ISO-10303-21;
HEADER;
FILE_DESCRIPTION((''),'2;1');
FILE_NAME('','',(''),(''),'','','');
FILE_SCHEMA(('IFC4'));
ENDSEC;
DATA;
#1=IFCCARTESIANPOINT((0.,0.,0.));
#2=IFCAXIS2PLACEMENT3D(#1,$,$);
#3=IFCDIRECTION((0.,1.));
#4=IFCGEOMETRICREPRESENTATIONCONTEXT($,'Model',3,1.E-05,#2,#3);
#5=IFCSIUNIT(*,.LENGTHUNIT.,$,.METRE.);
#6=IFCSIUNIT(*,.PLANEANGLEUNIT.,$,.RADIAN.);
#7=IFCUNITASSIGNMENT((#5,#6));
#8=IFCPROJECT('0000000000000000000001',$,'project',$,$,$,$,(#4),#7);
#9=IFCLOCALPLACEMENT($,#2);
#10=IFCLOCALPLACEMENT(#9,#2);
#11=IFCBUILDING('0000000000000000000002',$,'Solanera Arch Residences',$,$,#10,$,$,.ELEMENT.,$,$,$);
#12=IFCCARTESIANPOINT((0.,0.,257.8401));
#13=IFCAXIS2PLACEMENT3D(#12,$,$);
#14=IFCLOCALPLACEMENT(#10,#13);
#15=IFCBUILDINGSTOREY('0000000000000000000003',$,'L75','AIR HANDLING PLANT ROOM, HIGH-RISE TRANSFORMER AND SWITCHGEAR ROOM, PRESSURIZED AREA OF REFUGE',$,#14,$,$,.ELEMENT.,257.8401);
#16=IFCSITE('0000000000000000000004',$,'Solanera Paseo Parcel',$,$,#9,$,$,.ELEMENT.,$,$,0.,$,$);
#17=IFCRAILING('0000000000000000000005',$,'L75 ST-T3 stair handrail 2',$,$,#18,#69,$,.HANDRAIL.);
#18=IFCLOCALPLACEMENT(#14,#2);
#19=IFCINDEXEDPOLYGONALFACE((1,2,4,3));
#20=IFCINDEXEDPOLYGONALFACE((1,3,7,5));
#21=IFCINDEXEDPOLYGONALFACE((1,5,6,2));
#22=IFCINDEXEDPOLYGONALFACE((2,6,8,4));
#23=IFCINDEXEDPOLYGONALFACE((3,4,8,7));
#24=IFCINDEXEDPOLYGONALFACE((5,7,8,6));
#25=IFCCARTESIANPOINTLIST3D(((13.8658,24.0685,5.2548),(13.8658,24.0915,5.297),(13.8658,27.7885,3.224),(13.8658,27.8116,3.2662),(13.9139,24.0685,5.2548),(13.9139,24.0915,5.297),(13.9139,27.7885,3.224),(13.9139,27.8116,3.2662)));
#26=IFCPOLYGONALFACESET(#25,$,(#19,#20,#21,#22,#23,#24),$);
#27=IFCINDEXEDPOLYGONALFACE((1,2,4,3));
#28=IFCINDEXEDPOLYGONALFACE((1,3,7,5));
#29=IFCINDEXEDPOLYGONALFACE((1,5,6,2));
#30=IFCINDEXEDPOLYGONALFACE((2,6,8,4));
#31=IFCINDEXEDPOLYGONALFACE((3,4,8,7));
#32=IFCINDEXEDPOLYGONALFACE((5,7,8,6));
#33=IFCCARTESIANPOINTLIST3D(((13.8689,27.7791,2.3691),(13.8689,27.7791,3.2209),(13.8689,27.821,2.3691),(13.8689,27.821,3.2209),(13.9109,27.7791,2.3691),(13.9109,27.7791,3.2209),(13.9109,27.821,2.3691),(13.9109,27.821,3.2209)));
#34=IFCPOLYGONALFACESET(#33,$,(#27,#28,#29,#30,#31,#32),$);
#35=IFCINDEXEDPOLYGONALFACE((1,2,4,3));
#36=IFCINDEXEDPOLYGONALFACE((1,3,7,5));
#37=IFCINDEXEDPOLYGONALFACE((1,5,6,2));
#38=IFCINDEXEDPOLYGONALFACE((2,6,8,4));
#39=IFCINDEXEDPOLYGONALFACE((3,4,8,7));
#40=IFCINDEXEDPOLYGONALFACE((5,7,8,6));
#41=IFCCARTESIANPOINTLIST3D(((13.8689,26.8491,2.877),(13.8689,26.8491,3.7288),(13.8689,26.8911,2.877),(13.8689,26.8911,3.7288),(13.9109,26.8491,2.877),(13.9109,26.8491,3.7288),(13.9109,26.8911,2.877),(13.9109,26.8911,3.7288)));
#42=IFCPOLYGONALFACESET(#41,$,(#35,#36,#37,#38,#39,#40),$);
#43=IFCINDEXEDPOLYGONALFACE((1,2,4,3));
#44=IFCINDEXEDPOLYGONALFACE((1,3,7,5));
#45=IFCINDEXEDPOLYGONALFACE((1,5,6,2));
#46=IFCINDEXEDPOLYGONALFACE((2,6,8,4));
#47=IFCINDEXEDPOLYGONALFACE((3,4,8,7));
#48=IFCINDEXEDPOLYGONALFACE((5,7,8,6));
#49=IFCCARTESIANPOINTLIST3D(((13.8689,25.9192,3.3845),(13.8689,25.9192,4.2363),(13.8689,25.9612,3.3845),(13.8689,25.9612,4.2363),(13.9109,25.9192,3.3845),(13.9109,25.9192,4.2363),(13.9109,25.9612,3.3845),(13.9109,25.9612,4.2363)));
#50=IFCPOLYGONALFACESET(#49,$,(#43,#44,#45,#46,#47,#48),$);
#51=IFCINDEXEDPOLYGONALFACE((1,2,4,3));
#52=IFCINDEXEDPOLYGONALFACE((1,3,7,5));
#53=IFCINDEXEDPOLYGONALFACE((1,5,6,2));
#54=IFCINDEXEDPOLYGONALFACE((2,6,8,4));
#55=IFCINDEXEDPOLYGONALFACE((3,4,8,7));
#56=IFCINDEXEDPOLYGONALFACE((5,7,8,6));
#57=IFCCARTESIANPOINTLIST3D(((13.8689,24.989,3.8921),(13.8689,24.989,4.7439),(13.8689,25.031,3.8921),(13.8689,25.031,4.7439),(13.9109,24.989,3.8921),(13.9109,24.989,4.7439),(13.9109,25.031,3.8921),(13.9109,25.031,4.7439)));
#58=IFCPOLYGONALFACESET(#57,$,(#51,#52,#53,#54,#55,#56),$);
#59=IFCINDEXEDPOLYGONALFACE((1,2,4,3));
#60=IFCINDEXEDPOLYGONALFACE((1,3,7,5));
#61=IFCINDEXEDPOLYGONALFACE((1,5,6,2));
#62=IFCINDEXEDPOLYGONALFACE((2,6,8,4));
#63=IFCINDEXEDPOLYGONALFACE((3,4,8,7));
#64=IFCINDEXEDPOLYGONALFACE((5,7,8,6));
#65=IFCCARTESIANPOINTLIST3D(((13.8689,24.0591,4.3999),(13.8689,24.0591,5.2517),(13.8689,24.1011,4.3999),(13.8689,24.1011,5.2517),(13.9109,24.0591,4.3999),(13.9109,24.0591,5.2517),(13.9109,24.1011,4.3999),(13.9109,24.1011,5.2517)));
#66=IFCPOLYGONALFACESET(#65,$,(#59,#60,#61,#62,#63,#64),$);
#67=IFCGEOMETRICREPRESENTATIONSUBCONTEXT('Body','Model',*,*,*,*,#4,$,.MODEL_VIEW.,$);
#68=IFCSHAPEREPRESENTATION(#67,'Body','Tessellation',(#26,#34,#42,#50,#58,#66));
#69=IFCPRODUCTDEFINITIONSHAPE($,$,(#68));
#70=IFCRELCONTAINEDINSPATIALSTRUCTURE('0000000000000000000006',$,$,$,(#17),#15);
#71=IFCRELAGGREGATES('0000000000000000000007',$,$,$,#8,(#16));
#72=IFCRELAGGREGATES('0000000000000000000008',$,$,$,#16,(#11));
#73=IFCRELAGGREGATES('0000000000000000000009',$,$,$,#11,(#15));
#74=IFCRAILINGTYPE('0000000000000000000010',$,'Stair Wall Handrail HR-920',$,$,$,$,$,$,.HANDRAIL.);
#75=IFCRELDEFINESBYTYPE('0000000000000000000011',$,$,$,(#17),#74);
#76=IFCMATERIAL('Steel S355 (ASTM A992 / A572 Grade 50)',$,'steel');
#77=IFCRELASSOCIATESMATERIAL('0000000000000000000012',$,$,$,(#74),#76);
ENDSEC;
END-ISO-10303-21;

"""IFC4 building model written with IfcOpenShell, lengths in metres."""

from ifc_helpers import new_model, si_unit, direction, frame, origin, origin_2d, place, context, subcontext, project, spatial, rectangle, extrude, material, type_object, element, save


model = new_model("IFC4")

# Units and contexts
model_context = context("Model", 3, precision=1e-05, world=origin(), true_north=direction((0.0, 1.0)))
body_context = subcontext(model_context, "Body", "Model", "MODEL_VIEW")
ifc_project = project(units=[si_unit("LENGTHUNIT", "METRE"), si_unit("PLANEANGLEUNIT", "RADIAN")], contexts=[model_context])

# Site, building, storey
site_placement = place(None, origin())
site = spatial("IfcSite", under=ifc_project, at=site_placement, Name="Solanera Paseo Parcel", CompositionType="ELEMENT", RefElevation=0.0)
building_placement = place(site_placement, origin())
building = spatial("IfcBuilding", under=site, at=building_placement, Name="Solanera Arch Residences", CompositionType="ELEMENT")
storey_placement = place(building_placement, frame((0.0, 0.0, 257.8401)))
storey = spatial("IfcBuildingStorey", under=building, at=storey_placement, Name="L75", Description="AIR HANDLING PLANT ROOM, HIGH-RISE TRANSFORMER AND SWITCHGEAR ROOM, PRESSURIZED AREA OF REFUGE", CompositionType="ELEMENT", Elevation=257.8401)

# Railing
ifc_material_1 = material(Name="Steel S355 (ASTM A992 / A572 Grade 50)", Category="steel")
railing_type = type_object("IfcRailingType", Name="Stair Wall Handrail HR-920", PredefinedType="HANDRAIL", material=ifc_material_1)
railing_placement = place(storey_placement, frame((13.8899, 27.8, 2.3691)))
element("IfcRailing", 1, at=railing_placement, inside=storey, type_object=railing_type, Name="L75 ST-T3 stair handrail 2", PredefinedType="HANDRAIL", context=body_context, shape_type="SweptSolid", body=[
    extrude(rectangle(XDim=0.0481, YDim=0.0481, at=origin_2d()), frame((0.0, 0.0, 0.876), z_axis=(0.0, -0.877728, 0.479159), x_axis=(1.0, 0.0, 0.0)), (0.0, 0.0, 1.0), 4.2383),
    extrude(rectangle(XDim=0.042, YDim=0.042, at=origin_2d()), origin(), (0.0, 0.0, 1.0), 0.8518),
    extrude(rectangle(XDim=0.042, YDim=0.042, at=origin_2d()), frame((0.0, -0.9299, 0.5078)), (0.0, 0.0, 1.0), 0.8518),
    extrude(rectangle(XDim=0.042, YDim=0.042, at=origin_2d()), frame((0.0, -1.8599, 1.0154)), (0.0, 0.0, 1.0), 0.8518),
    extrude(rectangle(XDim=0.042, YDim=0.042, at=origin_2d()), frame((0.0, -2.79, 1.5229)), (0.0, 0.0, 1.0), 0.8518),
    extrude(rectangle(XDim=0.042, YDim=0.042, at=origin_2d()), frame((0.0, -3.72, 2.0308)), (0.0, 0.0, 1.0), 0.8518),
])

save(model, "model.ifc")
